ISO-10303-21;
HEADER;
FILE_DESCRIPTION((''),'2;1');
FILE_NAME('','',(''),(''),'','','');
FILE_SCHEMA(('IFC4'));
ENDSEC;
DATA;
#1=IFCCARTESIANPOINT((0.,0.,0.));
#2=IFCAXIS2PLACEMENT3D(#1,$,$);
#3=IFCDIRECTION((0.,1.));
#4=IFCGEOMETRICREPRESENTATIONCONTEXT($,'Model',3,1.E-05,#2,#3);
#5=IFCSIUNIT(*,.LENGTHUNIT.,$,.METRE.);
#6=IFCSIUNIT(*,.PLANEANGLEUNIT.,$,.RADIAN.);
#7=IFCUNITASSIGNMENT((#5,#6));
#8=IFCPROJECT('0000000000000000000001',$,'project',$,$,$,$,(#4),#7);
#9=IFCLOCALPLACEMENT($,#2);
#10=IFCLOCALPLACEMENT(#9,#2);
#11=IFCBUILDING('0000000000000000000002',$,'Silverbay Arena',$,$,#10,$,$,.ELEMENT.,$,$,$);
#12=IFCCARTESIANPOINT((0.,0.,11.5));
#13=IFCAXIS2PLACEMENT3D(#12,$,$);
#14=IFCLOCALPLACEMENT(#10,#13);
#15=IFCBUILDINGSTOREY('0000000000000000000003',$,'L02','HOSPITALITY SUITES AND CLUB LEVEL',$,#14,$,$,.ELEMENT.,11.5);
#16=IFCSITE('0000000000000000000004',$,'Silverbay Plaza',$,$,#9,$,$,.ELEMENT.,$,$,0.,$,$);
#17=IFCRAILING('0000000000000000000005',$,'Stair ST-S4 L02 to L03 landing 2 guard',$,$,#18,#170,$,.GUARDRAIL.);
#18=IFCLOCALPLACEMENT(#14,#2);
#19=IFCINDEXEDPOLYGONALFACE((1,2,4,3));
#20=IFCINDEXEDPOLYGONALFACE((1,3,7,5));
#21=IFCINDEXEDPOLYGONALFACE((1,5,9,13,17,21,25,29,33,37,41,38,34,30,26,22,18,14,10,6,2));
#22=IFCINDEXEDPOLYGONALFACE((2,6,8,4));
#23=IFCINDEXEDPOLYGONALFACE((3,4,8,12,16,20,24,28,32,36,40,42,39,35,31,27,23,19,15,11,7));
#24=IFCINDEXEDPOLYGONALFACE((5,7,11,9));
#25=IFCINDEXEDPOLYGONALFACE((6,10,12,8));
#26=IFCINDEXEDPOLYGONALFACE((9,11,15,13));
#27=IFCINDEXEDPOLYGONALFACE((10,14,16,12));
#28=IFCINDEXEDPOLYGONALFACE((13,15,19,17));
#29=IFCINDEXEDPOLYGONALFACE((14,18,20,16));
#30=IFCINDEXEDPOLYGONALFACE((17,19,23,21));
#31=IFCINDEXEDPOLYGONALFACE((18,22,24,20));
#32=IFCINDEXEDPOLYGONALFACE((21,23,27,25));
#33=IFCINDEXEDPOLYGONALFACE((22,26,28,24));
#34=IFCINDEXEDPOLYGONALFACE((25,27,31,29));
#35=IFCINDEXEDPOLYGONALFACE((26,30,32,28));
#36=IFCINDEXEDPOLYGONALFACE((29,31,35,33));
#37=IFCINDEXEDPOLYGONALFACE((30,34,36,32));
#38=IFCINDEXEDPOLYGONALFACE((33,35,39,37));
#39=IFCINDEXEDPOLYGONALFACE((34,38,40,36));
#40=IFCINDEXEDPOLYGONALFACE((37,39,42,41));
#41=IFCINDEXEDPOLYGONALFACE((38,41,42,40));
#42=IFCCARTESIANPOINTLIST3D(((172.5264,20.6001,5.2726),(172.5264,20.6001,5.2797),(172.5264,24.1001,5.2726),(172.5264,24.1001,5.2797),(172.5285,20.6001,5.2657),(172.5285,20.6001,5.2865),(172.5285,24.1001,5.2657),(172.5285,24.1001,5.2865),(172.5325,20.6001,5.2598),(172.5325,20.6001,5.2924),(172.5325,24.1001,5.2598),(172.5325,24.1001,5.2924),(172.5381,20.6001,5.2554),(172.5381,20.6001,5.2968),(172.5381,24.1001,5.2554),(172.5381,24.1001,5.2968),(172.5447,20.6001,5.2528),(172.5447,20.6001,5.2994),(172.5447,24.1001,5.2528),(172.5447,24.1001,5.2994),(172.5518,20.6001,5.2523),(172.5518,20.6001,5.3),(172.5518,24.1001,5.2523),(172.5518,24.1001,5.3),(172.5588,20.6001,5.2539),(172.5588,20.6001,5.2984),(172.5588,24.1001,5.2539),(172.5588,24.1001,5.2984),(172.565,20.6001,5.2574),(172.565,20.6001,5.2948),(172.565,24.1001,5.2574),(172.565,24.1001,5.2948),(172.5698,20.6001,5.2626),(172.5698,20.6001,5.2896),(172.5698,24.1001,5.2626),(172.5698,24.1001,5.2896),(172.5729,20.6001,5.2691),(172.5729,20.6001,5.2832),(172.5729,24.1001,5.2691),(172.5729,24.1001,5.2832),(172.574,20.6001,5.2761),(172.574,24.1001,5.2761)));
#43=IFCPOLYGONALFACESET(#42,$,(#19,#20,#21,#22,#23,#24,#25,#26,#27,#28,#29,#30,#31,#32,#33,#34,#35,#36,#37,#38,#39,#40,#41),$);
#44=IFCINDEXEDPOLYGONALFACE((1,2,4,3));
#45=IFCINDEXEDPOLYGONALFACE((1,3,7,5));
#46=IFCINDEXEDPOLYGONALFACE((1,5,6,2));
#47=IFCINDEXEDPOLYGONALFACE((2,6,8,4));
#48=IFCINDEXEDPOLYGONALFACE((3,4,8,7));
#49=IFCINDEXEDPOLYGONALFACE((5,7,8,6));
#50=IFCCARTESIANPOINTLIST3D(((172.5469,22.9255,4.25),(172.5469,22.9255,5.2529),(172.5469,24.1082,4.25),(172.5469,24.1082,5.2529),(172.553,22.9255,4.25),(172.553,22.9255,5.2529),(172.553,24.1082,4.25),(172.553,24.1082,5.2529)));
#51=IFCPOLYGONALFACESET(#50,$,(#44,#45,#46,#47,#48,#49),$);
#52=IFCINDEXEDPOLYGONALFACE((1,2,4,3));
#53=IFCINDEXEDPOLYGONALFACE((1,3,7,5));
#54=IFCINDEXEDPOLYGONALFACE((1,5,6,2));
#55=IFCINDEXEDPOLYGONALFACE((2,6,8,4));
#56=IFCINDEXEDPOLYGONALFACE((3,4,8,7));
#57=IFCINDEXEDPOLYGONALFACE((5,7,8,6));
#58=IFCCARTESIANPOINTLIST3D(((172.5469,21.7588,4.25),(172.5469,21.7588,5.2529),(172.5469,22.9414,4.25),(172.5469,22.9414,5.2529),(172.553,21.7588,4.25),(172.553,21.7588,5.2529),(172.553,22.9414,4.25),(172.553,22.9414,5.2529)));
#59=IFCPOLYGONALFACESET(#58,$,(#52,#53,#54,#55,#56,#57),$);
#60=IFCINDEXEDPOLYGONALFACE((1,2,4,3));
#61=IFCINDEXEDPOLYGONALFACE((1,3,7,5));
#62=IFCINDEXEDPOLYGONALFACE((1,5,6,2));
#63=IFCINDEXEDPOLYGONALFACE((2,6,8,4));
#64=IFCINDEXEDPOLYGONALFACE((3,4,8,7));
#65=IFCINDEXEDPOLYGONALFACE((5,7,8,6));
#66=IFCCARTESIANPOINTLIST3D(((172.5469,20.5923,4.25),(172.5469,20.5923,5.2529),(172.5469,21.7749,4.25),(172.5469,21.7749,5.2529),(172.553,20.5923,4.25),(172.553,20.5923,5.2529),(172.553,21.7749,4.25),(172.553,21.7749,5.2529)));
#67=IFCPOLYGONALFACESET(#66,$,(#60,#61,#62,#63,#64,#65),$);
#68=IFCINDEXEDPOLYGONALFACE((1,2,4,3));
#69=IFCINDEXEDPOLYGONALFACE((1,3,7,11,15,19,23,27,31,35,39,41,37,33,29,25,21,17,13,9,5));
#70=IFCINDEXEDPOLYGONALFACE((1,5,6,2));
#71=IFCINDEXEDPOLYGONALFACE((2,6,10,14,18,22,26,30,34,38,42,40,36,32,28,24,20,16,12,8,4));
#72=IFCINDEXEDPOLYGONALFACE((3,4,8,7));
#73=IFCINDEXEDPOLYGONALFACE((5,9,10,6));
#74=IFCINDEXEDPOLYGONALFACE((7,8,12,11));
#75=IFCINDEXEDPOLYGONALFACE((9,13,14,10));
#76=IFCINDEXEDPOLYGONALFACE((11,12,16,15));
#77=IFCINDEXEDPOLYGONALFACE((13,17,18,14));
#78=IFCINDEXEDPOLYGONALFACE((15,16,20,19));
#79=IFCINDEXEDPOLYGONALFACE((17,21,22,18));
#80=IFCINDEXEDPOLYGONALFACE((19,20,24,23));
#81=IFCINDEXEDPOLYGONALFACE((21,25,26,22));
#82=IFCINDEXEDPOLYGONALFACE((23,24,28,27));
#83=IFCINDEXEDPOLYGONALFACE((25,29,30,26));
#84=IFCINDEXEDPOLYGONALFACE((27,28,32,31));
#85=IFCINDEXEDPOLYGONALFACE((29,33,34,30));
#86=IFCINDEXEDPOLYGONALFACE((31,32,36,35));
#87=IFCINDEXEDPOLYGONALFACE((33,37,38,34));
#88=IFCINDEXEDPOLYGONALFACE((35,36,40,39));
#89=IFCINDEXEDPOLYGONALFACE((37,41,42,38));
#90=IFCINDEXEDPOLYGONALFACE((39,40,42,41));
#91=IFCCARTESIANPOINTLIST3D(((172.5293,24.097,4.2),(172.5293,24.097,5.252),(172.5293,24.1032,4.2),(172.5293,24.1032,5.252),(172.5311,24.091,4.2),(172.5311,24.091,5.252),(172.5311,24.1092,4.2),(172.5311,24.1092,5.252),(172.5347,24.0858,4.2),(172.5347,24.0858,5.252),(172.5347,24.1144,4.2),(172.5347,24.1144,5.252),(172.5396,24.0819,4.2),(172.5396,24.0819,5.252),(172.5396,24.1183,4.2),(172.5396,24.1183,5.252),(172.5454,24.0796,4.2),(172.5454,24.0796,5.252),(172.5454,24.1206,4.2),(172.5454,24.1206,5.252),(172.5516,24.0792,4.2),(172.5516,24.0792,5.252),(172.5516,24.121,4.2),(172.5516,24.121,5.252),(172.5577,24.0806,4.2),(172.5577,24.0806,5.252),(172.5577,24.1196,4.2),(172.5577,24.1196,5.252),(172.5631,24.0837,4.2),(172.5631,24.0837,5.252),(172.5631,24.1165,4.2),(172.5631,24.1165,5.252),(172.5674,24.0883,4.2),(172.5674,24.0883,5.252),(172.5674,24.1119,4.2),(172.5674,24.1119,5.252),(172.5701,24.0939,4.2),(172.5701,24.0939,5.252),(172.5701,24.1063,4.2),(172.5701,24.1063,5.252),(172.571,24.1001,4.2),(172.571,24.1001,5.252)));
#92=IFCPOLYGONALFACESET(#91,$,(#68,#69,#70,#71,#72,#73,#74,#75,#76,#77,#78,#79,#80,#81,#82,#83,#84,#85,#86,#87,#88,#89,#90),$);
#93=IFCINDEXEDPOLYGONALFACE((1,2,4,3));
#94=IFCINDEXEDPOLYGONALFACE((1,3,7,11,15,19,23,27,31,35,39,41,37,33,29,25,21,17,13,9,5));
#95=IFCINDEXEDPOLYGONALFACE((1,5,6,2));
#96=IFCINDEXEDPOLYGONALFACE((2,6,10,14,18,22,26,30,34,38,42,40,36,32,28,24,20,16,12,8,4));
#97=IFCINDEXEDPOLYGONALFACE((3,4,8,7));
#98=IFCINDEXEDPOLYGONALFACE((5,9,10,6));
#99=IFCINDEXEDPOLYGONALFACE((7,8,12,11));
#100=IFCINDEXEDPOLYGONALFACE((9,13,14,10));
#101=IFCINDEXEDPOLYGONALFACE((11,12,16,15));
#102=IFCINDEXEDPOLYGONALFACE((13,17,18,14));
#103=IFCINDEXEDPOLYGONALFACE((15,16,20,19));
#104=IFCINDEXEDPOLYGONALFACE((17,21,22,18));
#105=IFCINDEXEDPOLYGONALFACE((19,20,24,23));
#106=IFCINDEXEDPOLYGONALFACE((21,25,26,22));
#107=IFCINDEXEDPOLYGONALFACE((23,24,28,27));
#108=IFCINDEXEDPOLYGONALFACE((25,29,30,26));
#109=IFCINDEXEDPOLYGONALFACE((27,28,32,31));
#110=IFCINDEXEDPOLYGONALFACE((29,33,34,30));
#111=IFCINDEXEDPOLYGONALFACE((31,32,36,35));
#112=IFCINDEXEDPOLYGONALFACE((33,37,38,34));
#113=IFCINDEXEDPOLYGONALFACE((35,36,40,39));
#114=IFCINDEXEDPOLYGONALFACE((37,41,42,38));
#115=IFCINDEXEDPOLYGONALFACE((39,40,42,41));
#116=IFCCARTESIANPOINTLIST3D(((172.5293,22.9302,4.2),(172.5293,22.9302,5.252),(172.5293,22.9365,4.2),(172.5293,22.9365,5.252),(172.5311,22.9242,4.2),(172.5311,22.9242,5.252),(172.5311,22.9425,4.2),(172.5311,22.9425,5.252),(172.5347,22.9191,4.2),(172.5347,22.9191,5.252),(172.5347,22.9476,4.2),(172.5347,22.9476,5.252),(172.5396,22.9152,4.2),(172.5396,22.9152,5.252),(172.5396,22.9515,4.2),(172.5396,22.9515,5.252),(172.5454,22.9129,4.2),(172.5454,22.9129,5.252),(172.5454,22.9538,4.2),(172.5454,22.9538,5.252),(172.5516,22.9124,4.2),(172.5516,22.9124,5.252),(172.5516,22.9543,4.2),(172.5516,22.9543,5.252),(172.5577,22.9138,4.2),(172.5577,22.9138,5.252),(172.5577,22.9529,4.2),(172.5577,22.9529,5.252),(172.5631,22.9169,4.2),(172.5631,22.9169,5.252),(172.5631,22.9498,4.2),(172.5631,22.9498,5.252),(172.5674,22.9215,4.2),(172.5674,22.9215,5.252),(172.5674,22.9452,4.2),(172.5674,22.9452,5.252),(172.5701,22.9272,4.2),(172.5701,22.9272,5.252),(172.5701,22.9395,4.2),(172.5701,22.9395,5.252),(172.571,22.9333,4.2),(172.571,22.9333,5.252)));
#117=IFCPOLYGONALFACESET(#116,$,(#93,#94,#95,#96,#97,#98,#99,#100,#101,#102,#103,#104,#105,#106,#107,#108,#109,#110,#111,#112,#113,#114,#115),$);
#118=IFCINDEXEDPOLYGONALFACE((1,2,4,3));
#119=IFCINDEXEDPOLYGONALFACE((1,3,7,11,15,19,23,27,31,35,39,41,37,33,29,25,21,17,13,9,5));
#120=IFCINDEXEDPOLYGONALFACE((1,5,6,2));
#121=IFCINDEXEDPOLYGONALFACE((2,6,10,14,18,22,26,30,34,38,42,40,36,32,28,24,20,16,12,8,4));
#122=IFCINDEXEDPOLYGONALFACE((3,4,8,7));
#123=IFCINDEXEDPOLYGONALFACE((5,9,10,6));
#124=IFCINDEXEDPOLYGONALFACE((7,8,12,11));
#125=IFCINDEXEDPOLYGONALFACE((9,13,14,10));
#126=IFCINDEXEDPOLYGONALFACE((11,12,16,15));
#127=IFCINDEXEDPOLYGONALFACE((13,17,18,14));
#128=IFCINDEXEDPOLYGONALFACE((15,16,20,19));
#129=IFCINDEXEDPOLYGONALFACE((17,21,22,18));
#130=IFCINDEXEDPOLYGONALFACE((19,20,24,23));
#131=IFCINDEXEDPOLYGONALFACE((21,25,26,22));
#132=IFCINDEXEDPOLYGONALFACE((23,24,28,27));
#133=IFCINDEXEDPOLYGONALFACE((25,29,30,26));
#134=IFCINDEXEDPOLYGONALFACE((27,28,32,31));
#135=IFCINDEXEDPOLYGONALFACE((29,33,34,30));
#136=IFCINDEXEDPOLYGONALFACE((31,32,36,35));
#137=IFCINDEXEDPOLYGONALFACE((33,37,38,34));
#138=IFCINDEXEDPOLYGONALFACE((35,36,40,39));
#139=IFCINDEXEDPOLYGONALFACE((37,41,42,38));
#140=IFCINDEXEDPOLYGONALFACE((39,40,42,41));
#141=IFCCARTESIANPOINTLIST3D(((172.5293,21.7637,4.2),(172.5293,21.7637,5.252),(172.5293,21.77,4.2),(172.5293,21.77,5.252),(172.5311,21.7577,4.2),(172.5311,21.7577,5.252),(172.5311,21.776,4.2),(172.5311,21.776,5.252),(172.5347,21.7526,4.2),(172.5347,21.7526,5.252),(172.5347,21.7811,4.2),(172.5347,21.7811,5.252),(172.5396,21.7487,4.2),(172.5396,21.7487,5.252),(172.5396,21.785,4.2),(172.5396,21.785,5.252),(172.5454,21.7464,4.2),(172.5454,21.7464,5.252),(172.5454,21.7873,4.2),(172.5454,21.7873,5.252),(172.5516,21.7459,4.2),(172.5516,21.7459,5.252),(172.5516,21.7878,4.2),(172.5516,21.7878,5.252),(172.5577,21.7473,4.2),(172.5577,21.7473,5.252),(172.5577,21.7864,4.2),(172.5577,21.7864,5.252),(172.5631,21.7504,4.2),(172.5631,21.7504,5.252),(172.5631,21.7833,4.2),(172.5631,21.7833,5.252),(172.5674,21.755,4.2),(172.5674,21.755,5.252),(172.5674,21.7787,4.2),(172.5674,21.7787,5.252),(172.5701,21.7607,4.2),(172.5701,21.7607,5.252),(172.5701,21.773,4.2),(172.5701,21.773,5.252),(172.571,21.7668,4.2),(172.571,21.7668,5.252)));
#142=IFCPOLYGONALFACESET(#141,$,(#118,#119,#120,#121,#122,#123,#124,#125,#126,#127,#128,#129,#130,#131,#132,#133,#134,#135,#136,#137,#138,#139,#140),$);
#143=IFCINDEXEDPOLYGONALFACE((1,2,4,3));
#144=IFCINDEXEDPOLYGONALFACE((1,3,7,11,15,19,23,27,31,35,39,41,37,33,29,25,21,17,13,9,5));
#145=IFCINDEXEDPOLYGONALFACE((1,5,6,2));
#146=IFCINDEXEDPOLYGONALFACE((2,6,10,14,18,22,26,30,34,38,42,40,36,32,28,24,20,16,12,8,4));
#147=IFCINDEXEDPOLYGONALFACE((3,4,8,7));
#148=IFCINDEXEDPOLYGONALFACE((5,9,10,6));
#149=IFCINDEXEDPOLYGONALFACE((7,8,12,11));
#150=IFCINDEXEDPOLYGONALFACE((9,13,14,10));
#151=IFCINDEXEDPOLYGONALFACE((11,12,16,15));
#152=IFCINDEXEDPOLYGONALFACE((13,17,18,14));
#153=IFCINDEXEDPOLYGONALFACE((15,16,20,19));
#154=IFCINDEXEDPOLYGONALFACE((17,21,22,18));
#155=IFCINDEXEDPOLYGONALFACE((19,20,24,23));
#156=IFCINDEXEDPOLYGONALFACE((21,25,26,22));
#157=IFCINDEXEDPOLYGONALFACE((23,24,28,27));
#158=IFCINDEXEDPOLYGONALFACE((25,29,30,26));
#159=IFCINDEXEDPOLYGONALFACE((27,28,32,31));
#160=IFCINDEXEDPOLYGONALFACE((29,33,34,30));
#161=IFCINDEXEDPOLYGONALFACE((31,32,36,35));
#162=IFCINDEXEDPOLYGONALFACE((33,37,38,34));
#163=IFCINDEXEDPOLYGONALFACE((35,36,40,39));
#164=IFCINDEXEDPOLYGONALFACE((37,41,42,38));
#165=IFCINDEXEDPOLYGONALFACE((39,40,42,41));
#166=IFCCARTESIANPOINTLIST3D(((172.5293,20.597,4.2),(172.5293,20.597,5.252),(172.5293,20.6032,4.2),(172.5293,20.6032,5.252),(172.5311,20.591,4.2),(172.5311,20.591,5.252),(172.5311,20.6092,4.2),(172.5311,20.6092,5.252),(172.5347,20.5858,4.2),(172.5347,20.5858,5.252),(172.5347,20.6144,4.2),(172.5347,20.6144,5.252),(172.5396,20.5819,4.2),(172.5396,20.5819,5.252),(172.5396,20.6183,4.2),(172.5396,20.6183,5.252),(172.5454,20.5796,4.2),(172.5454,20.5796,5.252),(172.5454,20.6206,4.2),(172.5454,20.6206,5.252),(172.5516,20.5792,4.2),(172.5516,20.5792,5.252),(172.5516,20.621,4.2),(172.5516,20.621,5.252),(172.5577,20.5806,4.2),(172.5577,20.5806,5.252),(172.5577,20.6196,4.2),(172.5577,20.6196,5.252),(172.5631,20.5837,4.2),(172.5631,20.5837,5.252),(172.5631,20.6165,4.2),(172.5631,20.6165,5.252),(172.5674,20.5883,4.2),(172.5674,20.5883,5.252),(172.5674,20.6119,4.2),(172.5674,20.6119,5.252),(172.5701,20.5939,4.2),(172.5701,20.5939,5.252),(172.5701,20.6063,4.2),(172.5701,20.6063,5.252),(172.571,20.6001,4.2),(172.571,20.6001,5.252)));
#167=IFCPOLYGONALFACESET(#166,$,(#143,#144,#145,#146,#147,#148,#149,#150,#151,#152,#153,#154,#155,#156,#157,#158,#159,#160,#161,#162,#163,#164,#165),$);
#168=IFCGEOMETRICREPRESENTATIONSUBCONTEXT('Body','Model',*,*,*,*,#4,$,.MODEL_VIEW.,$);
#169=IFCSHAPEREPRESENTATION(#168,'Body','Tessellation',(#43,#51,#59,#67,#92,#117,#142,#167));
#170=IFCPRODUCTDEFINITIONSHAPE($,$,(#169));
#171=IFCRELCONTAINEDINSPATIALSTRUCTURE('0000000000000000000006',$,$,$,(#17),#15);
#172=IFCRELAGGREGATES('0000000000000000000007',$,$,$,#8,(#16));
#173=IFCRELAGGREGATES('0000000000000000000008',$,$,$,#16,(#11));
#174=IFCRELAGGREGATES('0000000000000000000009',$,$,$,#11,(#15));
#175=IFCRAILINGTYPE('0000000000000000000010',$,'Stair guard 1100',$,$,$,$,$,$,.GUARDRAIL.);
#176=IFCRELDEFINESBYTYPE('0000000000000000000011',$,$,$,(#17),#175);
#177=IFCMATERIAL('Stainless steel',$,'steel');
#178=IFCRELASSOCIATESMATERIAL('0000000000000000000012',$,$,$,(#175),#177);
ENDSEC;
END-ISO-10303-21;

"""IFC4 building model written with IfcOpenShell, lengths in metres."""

from ifc_helpers import new_model, si_unit, direction, frame, origin, origin_2d, place, context, subcontext, project, spatial, polyline, circle, outline, extrude, material, type_object, element, save


model = new_model("IFC4")

# Units and contexts
model_context = context("Model", 3, precision=1e-05, world=origin(), true_north=direction((0.0, 1.0)))
body_context = subcontext(model_context, "Body", "Model", "MODEL_VIEW")
ifc_project = project(units=[si_unit("LENGTHUNIT", "METRE"), si_unit("PLANEANGLEUNIT", "RADIAN")], contexts=[model_context])

# Site, building, storey
site_placement = place(None, origin())
site = spatial("IfcSite", under=ifc_project, at=site_placement, Name="Silverbay Plaza", CompositionType="ELEMENT", RefElevation=0.0)
building_placement = place(site_placement, origin())
building = spatial("IfcBuilding", under=site, at=building_placement, Name="Silverbay Arena", CompositionType="ELEMENT")
storey_placement = place(building_placement, frame((0.0, 0.0, 11.5)))
storey = spatial("IfcBuildingStorey", under=building, at=storey_placement, Name="L02", Description="HOSPITALITY SUITES AND CLUB LEVEL", CompositionType="ELEMENT", Elevation=11.5)

# Railing
ifc_material_1 = material(Name="Stainless steel", Category="steel")
railing_type_1 = type_object("IfcRailingType", Name="Stair guard 1100", PredefinedType="GUARDRAIL", material=ifc_material_1)
for number, where, name in (
    (1, (172.55, 24.1001, 4.2), "Stair ST-S4 L02 to L03 landing 2 guard"),
):
    element("IfcRailing", number, at=place(storey_placement, frame(where)), inside=storey, type_object=railing_type_1, Name=name, PredefinedType="GUARDRAIL", context=body_context, shape_type="SweptSolid", body=[
        extrude(circle(Radius=0.0239, at=origin_2d()), frame((0.0, 0.0, 1.0762), z_axis=(0.0, -1.0, 0.0), x_axis=(1.0, 0.0, 0.0)), (0.0, 0.0, 1.0), 3.5),
        extrude(outline(polyline([(-0.0081, 0.05), (1.1746, 0.05), (1.1746, 1.053), (-0.0081, 1.053), (-0.0081, 0.05)])), frame((0.0029, 0.0, 0.0), z_axis=(-1.0, 0.0, 0.0), x_axis=(0.0, -1.0, 0.0)), (0.0, 0.0, 1.0), 0.0061),
        extrude(outline(polyline([(-0.0081, 0.05), (1.1746, 0.05), (1.1746, 1.053), (-0.0081, 1.053), (-0.0081, 0.05)])), frame((0.0029, -1.1667, 0.0), z_axis=(-1.0, 0.0, 0.0), x_axis=(0.0, -1.0, 0.0)), (0.0, 0.0, 1.0), 0.0061),
        extrude(outline(polyline([(-0.0081, 0.05), (1.1746, 0.05), (1.1746, 1.053), (-0.0081, 1.053), (-0.0081, 0.05)])), frame((0.0029, -2.3333, 0.0), z_axis=(-1.0, 0.0, 0.0), x_axis=(0.0, -1.0, 0.0)), (0.0, 0.0, 1.0), 0.0061),
        extrude(circle(Radius=0.021, at=origin_2d()), origin(), (0.0, 0.0, 1.0), 1.052),
        extrude(circle(Radius=0.021, at=origin_2d()), frame((0.0, -1.1667, 0.0)), (0.0, 0.0, 1.0), 1.052),
        extrude(circle(Radius=0.021, at=origin_2d()), frame((0.0, -2.3333, 0.0)), (0.0, 0.0, 1.0), 1.052),
        extrude(circle(Radius=0.021, at=origin_2d()), frame((0.0, -3.5, 0.0)), (0.0, 0.0, 1.0), 1.052),
    ])

save(model, "model.ifc")
